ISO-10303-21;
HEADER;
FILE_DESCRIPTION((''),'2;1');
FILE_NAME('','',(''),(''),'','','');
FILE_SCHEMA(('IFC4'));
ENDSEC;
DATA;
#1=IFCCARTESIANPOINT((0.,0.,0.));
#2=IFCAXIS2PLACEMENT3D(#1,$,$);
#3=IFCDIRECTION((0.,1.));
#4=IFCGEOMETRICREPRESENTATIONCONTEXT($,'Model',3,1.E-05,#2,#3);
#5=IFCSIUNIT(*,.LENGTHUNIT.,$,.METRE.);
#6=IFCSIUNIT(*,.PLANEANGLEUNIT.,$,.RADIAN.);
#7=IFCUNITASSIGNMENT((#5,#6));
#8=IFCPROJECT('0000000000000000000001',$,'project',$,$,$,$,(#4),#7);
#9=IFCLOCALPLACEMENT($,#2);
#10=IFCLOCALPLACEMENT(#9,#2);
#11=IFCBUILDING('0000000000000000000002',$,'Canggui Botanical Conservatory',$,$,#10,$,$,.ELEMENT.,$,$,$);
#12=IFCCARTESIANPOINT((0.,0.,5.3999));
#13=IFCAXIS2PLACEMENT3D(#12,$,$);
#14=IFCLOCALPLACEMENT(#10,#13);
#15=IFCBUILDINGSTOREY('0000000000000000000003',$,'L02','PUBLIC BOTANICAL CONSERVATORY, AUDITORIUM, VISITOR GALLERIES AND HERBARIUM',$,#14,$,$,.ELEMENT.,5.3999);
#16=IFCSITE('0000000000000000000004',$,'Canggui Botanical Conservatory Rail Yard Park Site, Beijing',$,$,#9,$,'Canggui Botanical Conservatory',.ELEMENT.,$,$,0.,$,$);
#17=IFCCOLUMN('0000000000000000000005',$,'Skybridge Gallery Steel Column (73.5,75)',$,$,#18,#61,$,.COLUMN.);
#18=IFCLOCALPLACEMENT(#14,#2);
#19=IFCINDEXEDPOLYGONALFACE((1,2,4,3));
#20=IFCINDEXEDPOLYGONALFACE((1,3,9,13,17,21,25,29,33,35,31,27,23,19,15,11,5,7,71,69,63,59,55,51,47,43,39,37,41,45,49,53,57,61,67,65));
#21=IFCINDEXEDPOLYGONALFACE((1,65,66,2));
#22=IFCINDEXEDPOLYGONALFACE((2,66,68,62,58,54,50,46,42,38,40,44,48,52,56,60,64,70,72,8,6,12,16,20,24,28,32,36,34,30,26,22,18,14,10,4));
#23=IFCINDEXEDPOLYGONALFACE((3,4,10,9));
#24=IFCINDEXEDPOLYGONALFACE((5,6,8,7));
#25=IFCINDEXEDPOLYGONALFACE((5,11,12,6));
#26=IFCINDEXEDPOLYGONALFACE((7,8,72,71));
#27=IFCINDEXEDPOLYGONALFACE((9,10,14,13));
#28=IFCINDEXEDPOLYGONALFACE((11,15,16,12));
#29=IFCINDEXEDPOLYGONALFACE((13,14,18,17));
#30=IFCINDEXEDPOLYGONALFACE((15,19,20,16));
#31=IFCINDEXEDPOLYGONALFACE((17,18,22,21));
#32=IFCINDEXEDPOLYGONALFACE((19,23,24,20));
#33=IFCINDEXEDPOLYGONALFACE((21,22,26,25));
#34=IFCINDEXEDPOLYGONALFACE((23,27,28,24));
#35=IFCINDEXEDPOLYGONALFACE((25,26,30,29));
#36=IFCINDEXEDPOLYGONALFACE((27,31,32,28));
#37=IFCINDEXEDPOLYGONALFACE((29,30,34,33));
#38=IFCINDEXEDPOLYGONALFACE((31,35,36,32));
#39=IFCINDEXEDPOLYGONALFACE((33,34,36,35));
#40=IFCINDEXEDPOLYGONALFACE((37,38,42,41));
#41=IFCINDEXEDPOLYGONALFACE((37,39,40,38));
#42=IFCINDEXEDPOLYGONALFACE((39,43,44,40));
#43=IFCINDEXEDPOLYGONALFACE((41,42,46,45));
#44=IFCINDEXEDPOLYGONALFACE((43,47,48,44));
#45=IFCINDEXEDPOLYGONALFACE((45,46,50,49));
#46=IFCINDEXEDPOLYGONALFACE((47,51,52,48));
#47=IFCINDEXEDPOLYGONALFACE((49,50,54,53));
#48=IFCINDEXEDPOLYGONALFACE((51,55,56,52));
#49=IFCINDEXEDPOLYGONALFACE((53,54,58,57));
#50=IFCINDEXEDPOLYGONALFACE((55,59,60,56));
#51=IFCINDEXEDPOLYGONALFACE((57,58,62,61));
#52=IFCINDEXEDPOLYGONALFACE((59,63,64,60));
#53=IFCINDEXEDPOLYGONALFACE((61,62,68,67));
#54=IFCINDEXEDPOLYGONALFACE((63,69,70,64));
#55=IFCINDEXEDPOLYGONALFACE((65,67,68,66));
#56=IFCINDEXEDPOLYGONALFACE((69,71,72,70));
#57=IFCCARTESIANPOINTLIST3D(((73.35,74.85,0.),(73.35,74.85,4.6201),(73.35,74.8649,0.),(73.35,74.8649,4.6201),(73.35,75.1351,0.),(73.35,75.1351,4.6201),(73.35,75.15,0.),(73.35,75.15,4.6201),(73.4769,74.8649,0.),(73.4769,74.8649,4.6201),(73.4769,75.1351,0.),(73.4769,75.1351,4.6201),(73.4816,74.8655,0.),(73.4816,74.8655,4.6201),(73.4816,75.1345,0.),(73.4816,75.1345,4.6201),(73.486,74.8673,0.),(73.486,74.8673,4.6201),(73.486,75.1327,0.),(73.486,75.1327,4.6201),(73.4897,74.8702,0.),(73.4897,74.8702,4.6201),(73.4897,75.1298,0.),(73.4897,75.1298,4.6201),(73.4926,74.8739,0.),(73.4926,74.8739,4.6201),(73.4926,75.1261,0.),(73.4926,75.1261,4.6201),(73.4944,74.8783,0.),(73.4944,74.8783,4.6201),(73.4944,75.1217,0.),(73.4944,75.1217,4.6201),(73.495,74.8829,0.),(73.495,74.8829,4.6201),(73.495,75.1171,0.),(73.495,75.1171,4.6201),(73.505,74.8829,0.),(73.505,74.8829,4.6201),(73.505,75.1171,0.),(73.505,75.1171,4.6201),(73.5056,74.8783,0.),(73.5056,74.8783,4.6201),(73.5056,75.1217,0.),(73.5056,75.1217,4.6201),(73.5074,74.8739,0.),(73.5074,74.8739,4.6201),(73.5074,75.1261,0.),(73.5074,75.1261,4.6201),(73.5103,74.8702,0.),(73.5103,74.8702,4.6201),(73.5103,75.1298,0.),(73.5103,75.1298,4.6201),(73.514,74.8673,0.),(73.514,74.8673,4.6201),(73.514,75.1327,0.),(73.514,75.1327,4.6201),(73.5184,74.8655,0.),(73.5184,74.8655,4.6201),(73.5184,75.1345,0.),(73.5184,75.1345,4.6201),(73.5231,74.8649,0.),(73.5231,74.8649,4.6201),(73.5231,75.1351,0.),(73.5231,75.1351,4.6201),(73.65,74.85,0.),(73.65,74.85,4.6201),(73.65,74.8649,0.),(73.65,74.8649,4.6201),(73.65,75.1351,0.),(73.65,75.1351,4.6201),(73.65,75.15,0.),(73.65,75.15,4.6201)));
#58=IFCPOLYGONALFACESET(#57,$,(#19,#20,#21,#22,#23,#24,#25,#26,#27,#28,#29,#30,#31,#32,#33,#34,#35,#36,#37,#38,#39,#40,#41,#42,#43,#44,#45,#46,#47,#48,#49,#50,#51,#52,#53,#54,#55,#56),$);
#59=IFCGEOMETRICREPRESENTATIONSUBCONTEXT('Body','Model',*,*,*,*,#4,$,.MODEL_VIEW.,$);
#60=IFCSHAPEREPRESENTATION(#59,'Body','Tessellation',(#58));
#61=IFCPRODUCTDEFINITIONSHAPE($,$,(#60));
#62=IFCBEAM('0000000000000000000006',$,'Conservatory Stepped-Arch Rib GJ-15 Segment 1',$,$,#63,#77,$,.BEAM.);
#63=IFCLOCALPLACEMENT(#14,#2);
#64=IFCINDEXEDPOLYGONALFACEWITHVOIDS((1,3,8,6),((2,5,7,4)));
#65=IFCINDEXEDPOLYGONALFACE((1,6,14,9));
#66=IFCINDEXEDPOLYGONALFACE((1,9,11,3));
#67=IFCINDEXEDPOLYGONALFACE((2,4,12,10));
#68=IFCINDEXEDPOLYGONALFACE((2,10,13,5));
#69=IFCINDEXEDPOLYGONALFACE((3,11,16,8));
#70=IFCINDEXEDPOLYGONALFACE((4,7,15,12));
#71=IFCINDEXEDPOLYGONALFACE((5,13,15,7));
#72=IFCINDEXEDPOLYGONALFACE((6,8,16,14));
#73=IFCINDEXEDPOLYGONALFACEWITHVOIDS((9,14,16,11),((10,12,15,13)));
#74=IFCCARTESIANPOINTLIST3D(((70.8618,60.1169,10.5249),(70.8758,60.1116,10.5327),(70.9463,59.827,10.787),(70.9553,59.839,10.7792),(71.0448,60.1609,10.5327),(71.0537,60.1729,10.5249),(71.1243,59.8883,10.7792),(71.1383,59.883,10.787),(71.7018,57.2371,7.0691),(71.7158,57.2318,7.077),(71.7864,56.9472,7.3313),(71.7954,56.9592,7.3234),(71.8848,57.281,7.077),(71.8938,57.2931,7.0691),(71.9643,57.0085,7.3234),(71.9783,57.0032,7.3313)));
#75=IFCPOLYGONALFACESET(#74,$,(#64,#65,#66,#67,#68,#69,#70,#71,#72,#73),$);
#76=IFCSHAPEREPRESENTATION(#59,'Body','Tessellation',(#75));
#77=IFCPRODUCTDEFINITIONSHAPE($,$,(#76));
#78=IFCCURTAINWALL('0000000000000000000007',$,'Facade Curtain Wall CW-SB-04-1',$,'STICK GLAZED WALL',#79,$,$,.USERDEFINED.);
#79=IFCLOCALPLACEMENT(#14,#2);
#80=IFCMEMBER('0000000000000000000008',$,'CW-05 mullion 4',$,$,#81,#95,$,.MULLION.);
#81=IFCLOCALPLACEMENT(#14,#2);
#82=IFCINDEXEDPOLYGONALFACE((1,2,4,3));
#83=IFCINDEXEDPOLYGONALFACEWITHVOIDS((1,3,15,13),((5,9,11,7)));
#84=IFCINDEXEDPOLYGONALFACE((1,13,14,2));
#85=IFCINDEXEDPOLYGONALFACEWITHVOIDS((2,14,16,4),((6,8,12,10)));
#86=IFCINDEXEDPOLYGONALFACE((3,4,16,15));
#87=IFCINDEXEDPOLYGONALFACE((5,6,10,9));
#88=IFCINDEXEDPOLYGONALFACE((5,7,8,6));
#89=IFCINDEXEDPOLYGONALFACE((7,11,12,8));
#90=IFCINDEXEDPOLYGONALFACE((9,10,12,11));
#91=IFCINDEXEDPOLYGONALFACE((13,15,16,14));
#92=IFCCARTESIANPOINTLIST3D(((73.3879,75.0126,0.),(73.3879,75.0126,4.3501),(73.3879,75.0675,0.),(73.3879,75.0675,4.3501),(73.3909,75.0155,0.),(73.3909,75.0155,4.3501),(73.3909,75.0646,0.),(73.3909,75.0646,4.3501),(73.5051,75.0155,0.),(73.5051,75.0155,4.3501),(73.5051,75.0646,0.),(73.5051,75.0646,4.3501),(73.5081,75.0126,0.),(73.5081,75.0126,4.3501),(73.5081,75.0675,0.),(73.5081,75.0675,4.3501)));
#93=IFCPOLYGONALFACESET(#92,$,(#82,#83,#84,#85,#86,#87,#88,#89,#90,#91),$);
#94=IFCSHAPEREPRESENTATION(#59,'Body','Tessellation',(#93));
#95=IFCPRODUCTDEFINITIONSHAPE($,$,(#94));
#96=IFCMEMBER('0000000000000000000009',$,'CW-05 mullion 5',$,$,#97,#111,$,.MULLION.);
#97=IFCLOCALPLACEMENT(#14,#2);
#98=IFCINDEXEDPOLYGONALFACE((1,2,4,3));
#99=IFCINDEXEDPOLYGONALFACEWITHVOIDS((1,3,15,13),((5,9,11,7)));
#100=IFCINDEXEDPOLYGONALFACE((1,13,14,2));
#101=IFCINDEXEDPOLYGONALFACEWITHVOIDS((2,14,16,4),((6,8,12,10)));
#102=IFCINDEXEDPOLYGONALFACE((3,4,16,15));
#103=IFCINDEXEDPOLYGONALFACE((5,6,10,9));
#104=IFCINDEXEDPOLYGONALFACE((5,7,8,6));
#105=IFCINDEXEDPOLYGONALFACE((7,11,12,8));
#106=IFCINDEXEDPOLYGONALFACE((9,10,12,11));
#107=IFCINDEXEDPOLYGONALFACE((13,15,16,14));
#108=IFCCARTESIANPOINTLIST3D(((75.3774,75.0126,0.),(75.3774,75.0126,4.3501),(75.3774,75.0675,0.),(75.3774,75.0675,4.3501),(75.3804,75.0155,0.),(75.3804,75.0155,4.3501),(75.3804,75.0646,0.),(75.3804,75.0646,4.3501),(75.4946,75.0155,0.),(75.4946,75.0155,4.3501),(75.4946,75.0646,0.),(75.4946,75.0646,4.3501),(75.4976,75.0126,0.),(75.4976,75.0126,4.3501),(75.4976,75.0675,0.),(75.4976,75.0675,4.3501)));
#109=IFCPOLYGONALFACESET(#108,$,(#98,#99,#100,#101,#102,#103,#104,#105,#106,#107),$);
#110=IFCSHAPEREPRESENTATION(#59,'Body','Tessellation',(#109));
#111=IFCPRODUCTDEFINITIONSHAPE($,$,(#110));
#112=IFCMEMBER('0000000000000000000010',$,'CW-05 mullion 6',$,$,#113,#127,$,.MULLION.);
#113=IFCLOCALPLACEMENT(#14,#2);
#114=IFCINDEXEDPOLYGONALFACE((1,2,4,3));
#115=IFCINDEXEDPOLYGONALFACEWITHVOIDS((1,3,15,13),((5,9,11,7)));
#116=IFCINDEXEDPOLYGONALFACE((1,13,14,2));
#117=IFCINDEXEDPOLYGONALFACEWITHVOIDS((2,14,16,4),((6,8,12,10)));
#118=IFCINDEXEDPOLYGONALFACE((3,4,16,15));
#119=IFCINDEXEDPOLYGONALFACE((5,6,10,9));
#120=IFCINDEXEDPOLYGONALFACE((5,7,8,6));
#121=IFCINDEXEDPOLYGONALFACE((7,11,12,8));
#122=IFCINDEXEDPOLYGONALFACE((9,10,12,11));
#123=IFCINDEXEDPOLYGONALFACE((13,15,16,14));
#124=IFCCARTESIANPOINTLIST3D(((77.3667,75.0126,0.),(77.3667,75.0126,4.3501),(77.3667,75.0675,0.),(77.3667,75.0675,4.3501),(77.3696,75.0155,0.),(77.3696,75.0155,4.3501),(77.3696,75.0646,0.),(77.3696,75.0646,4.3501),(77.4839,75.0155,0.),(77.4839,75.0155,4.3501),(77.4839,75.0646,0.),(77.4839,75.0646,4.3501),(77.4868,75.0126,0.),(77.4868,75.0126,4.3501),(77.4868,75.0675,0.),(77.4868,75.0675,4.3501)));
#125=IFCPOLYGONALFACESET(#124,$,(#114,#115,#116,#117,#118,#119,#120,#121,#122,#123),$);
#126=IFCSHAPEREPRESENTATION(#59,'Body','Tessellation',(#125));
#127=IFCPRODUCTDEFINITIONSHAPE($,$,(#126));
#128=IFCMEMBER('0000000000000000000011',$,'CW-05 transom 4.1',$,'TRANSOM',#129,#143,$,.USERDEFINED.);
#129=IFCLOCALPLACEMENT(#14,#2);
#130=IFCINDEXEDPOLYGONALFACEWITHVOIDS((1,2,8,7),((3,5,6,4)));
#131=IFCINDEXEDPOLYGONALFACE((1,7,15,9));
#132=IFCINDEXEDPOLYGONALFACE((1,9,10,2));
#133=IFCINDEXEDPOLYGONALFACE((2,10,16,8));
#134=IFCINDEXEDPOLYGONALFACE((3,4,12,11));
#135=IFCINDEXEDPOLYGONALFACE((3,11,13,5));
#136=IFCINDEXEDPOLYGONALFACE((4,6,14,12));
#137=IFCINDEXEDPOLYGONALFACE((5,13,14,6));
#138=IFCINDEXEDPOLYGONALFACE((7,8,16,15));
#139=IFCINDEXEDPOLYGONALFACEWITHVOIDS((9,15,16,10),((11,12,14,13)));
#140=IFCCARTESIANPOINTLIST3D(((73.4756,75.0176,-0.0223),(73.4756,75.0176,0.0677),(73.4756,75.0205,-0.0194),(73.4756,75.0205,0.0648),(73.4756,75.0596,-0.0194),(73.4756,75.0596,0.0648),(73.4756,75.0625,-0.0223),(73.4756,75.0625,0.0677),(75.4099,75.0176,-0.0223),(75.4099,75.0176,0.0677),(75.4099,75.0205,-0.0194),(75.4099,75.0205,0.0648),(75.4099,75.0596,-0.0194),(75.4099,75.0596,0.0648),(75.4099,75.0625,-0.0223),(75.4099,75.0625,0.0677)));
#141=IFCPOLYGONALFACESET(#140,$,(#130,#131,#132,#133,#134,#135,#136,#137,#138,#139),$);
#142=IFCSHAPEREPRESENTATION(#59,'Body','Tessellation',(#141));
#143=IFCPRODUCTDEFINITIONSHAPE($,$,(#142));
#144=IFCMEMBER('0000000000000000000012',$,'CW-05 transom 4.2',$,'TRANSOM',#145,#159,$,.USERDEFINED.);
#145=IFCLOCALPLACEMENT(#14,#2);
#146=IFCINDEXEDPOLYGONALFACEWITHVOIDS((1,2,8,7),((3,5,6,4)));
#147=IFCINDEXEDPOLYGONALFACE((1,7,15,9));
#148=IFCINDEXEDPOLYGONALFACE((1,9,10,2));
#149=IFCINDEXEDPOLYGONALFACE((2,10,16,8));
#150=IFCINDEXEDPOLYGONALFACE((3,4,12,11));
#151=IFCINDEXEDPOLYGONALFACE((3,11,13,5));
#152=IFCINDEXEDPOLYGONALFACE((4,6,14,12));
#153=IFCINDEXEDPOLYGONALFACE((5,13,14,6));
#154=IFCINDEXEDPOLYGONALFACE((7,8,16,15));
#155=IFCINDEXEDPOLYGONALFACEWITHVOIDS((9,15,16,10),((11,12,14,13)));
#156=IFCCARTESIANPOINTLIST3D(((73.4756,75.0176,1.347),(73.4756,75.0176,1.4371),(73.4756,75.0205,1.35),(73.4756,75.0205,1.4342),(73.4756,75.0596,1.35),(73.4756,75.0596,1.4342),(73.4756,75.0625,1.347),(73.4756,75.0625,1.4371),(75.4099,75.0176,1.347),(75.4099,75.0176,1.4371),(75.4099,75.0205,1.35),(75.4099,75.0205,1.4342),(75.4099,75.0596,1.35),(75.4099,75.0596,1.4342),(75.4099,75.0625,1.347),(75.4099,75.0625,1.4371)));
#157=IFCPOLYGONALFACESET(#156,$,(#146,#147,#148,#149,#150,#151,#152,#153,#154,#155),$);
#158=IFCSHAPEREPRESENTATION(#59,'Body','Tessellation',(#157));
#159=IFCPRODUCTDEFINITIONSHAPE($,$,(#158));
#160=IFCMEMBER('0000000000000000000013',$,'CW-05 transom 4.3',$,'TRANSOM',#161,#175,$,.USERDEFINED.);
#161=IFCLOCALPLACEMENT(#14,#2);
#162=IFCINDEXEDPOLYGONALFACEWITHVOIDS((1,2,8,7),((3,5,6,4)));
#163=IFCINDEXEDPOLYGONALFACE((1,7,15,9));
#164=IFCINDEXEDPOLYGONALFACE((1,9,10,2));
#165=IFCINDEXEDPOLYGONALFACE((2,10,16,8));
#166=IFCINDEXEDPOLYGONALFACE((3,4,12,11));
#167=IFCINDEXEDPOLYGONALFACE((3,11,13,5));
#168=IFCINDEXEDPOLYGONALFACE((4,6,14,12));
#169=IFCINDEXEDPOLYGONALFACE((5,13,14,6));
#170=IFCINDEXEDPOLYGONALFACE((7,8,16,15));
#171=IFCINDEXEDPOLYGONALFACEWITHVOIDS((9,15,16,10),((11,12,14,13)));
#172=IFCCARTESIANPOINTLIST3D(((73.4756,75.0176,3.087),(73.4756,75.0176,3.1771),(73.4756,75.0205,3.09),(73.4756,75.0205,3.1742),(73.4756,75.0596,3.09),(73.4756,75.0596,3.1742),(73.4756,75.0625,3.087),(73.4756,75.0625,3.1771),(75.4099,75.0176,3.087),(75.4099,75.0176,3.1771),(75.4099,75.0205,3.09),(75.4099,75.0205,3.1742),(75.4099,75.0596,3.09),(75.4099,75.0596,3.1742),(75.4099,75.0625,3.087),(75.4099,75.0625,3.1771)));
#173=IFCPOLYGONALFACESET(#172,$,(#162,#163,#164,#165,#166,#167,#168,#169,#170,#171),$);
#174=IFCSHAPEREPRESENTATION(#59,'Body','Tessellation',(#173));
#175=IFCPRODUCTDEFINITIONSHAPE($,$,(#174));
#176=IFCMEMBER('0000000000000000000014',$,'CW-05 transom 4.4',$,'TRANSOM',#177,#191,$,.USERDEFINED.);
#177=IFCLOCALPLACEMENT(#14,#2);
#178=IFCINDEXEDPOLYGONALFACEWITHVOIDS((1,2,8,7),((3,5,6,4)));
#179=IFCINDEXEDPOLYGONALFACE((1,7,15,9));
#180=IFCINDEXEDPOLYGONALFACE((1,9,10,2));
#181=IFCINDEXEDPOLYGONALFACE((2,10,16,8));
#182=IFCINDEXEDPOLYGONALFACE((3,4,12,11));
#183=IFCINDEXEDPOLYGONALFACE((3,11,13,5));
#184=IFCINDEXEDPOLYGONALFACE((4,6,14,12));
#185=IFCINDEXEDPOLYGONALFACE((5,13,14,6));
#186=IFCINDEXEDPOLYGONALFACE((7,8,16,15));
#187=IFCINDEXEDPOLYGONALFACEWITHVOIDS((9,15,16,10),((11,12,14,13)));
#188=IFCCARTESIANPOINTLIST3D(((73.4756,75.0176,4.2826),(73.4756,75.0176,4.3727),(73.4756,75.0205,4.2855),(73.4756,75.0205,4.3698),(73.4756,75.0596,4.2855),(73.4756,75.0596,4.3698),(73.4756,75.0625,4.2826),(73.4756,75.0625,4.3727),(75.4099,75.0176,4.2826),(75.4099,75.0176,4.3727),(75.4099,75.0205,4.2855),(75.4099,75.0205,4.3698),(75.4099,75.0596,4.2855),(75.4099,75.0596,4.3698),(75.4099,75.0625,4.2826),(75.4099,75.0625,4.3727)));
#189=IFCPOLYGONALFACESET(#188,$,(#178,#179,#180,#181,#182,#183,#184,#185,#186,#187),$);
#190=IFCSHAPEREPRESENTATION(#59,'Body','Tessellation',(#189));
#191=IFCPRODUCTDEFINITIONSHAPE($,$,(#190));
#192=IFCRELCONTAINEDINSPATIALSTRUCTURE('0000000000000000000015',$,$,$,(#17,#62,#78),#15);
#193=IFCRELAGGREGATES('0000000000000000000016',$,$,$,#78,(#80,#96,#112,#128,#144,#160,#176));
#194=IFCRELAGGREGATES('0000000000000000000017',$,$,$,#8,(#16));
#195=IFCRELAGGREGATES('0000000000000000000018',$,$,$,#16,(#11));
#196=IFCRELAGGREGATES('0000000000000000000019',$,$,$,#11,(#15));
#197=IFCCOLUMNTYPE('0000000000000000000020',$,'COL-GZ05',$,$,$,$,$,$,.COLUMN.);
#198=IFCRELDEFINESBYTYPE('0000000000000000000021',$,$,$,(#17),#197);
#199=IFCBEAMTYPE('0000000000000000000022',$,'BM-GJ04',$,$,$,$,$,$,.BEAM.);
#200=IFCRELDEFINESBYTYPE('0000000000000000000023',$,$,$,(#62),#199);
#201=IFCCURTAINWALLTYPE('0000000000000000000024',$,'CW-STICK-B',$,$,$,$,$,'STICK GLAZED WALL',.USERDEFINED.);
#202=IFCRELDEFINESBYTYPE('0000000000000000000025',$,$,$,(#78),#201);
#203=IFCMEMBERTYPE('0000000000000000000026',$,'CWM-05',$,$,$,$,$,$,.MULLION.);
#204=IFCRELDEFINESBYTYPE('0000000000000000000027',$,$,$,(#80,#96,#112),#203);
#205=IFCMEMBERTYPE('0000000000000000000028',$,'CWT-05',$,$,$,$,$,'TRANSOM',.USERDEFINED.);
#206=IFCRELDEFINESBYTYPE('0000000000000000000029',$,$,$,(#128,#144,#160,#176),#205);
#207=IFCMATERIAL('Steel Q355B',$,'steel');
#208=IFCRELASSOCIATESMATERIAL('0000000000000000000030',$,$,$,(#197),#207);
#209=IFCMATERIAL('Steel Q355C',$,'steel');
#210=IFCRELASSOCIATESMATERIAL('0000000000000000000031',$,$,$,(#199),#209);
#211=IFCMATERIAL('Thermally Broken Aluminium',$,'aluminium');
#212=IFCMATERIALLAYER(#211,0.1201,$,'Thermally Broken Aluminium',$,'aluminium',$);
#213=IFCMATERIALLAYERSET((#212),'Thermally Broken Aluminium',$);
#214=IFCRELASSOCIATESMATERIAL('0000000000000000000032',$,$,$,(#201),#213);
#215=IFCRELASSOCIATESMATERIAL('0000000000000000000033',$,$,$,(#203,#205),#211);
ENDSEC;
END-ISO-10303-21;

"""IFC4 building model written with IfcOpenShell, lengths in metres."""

from ifc_helpers import new_model, si_unit, direction, frame, origin, origin_2d, place, context, subcontext, project, spatial, hollow_rectangle, i_section, extrude, material, layer, layer_set, material_profile, profile_set, type_object, element, aggregate, save


model = new_model("IFC4")

# Units and contexts
model_context = context("Model", 3, precision=1e-05, world=origin(), true_north=direction((0.0, 1.0)))
body_context = subcontext(model_context, "Body", "Model", "MODEL_VIEW")
ifc_project = project(units=[si_unit("LENGTHUNIT", "METRE"), si_unit("PLANEANGLEUNIT", "RADIAN")], contexts=[model_context])

# Site, building, storey
site_placement = place(None, origin())
site = spatial("IfcSite", under=ifc_project, at=site_placement, Name="Canggui Botanical Conservatory Rail Yard Park Site, Beijing", LongName="Canggui Botanical Conservatory", CompositionType="ELEMENT", RefElevation=0.0)
building_placement = place(site_placement, origin())
building = spatial("IfcBuilding", under=site, at=building_placement, Name="Canggui Botanical Conservatory", CompositionType="ELEMENT")
storey_placement = place(building_placement, frame((0.0, 0.0, 5.3999)))
storey = spatial("IfcBuildingStorey", under=building, at=storey_placement, Name="L02", Description="PUBLIC BOTANICAL CONSERVATORY, AUDITORIUM, VISITOR GALLERIES AND HERBARIUM", CompositionType="ELEMENT", Elevation=5.3999)

# Column
ifc_material_1 = material(Name="Steel Q355B", Category="steel")
ifc_material_profile_1 = material_profile(ifc_material_1, i_section(OverallWidth=0.3, OverallDepth=0.3, WebThickness=0.01, FlangeThickness=0.0149, FilletRadius=0.0181, at=origin_2d()), Name="HW 300x300x10x15")
ifc_profile_set_1 = profile_set([ifc_material_profile_1], Name="Steel Q355B")
column_type = type_object("IfcColumnType", Name="COL-GZ05", PredefinedType="COLUMN", material=ifc_profile_set_1)
column_placement = place(storey_placement, frame((73.5, 75.0, 0.0), z_axis=(0.0, 0.0, 1.0), x_axis=(1.0, 0.0, 0.0)))
element("IfcColumn", 1, at=column_placement, inside=storey, type_object=column_type, Name="Skybridge Gallery Steel Column (73.5,75)", PredefinedType="COLUMN", context=body_context, shape_type="SweptSolid", body=[
    extrude(i_section(OverallWidth=0.3, OverallDepth=0.3, WebThickness=0.01, FlangeThickness=0.0149, FilletRadius=0.0181, at=origin_2d()), origin(), (0.0, 0.0, 1.0), 4.6201),
])

# Beam
ifc_material_2 = material(Name="Steel Q355C", Category="steel")
ifc_material_profile_2 = material_profile(ifc_material_2, hollow_rectangle(XDim=0.2, YDim=0.3999, WallThickness=0.012, at=origin_2d()), Name="RHS 200x400x12")
ifc_profile_set_2 = profile_set([ifc_material_profile_2], Name="Steel Q355C")
beam_type = type_object("IfcBeamType", Name="BM-GJ04", PredefinedType="BEAM", material=ifc_profile_set_2)
beam_placement = place(storey_placement, frame((71.8401, 57.1201, 7.2002), z_axis=(-0.183575, 0.62931, 0.755161), x_axis=(-0.959989, -0.280038, 0.0)))
element("IfcBeam", 2, at=beam_placement, inside=storey, type_object=beam_type, Name="Conservatory Stepped-Arch Rib GJ-15 Segment 1", PredefinedType="BEAM", context=body_context, shape_type="SweptSolid", body=[
    extrude(hollow_rectangle(XDim=0.2, YDim=0.3999, WallThickness=0.012, at=origin_2d()), origin(), (0.0, 0.0, 1.0), 4.5762),
])

# Curtain wall, members
ifc_material_3 = material(Name="Thermally Broken Aluminium", Category="aluminium")
ifc_layer_1 = layer(ifc_material_3, 0.1201, Name="Thermally Broken Aluminium", Category="aluminium")
ifc_layer_set_1 = layer_set([ifc_layer_1], Name="Thermally Broken Aluminium")
curtain_wall_type = type_object("IfcCurtainWallType", Name="CW-STICK-B", ElementType="STICK GLAZED WALL", PredefinedType="USERDEFINED", material=ifc_layer_set_1)
curtain_wall_placement = place(storey_placement, origin())
curtain_wall = element("IfcCurtainWall", 3, at=curtain_wall_placement, inside=storey, type_object=curtain_wall_type, Name="Facade Curtain Wall CW-SB-04-1", ObjectType="STICK GLAZED WALL", PredefinedType="USERDEFINED")
ifc_material_profile_3 = material_profile(ifc_material_3, hollow_rectangle(XDim=0.0549, YDim=0.1201, WallThickness=0.0029, at=origin_2d()), Name="CWM 55x120x3")
ifc_profile_set_3 = profile_set([ifc_material_profile_3], Name="Thermally Broken Aluminium")
member_type_1 = type_object("IfcMemberType", Name="CWM-05", PredefinedType="MULLION", material=ifc_profile_set_3)
member_1_placement = place(storey_placement, frame((73.448, 75.04, 0.0), z_axis=(0.0, 0.0, 1.0), x_axis=(0.0, 1.0, 0.0)))
member_1 = element("IfcMember", 4, at=member_1_placement, type_object=member_type_1, Name="CW-05 mullion 4", PredefinedType="MULLION", context=body_context, shape_type="SweptSolid", body=[
    extrude(hollow_rectangle(XDim=0.0549, YDim=0.1201, WallThickness=0.0029, at=origin_2d()), origin(), (0.0, 0.0, 1.0), 4.3501),
])
member_2_placement = place(storey_placement, frame((75.4375, 75.04, 0.0), z_axis=(0.0, 0.0, 1.0), x_axis=(0.0, 1.0, 0.0)))
member_2 = element("IfcMember", 5, at=member_2_placement, type_object=member_type_1, Name="CW-05 mullion 5", PredefinedType="MULLION", context=body_context, shape_type="SweptSolid", body=[
    extrude(hollow_rectangle(XDim=0.0549, YDim=0.1201, WallThickness=0.0029, at=origin_2d()), origin(), (0.0, 0.0, 1.0), 4.3501),
])
member_3_placement = place(storey_placement, frame((77.4268, 75.04, 0.0), z_axis=(0.0, 0.0, 1.0), x_axis=(0.0, 1.0, 0.0)))
member_3 = element("IfcMember", 6, at=member_3_placement, type_object=member_type_1, Name="CW-05 mullion 6", PredefinedType="MULLION", context=body_context, shape_type="SweptSolid", body=[
    extrude(hollow_rectangle(XDim=0.0549, YDim=0.1201, WallThickness=0.0029, at=origin_2d()), origin(), (0.0, 0.0, 1.0), 4.3501),
])
ifc_material_profile_4 = material_profile(ifc_material_3, hollow_rectangle(XDim=0.0449, YDim=0.0901, WallThickness=0.0029, at=origin_2d()), Name="CWT 45x90x3")
ifc_profile_set_4 = profile_set([ifc_material_profile_4], Name="Thermally Broken Aluminium")
member_type_2 = type_object("IfcMemberType", Name="CWT-05", ElementType="TRANSOM", PredefinedType="USERDEFINED", material=ifc_profile_set_4)
member_4_placement = place(storey_placement, frame((73.4756, 75.04, 0.0227), z_axis=(1.0, 0.0, 0.0), x_axis=(0.0, 1.0, 0.0)))
member_4 = element("IfcMember", 7, at=member_4_placement, type_object=member_type_2, Name="CW-05 transom 4.1", ObjectType="TRANSOM", PredefinedType="USERDEFINED", context=body_context, shape_type="SweptSolid", body=[
    extrude(hollow_rectangle(XDim=0.0449, YDim=0.0901, WallThickness=0.0029, at=origin_2d()), origin(), (0.0, 0.0, 1.0), 1.9343),
])
member_5_placement = place(storey_placement, frame((73.4756, 75.04, 1.3921), z_axis=(1.0, 0.0, 0.0), x_axis=(0.0, 1.0, 0.0)))
member_5 = element("IfcMember", 8, at=member_5_placement, type_object=member_type_2, Name="CW-05 transom 4.2", ObjectType="TRANSOM", PredefinedType="USERDEFINED", context=body_context, shape_type="SweptSolid", body=[
    extrude(hollow_rectangle(XDim=0.0449, YDim=0.0901, WallThickness=0.0029, at=origin_2d()), origin(), (0.0, 0.0, 1.0), 1.9343),
])
member_6_placement = place(storey_placement, frame((73.4756, 75.04, 3.1321), z_axis=(1.0, 0.0, 0.0), x_axis=(0.0, 1.0, 0.0)))
member_6 = element("IfcMember", 9, at=member_6_placement, type_object=member_type_2, Name="CW-05 transom 4.3", ObjectType="TRANSOM", PredefinedType="USERDEFINED", context=body_context, shape_type="SweptSolid", body=[
    extrude(hollow_rectangle(XDim=0.0449, YDim=0.0901, WallThickness=0.0029, at=origin_2d()), origin(), (0.0, 0.0, 1.0), 1.9343),
])
member_7_placement = place(storey_placement, frame((73.4756, 75.04, 4.3276), z_axis=(1.0, 0.0, 0.0), x_axis=(0.0, 1.0, 0.0)))
member_7 = element("IfcMember", 10, at=member_7_placement, type_object=member_type_2, Name="CW-05 transom 4.4", ObjectType="TRANSOM", PredefinedType="USERDEFINED", context=body_context, shape_type="SweptSolid", body=[
    extrude(hollow_rectangle(XDim=0.0449, YDim=0.0901, WallThickness=0.0029, at=origin_2d()), origin(), (0.0, 0.0, 1.0), 1.9343),
])

aggregate(curtain_wall, [member_1, member_2, member_3, member_4, member_5, member_6, member_7])

save(model, "model.ifc")
